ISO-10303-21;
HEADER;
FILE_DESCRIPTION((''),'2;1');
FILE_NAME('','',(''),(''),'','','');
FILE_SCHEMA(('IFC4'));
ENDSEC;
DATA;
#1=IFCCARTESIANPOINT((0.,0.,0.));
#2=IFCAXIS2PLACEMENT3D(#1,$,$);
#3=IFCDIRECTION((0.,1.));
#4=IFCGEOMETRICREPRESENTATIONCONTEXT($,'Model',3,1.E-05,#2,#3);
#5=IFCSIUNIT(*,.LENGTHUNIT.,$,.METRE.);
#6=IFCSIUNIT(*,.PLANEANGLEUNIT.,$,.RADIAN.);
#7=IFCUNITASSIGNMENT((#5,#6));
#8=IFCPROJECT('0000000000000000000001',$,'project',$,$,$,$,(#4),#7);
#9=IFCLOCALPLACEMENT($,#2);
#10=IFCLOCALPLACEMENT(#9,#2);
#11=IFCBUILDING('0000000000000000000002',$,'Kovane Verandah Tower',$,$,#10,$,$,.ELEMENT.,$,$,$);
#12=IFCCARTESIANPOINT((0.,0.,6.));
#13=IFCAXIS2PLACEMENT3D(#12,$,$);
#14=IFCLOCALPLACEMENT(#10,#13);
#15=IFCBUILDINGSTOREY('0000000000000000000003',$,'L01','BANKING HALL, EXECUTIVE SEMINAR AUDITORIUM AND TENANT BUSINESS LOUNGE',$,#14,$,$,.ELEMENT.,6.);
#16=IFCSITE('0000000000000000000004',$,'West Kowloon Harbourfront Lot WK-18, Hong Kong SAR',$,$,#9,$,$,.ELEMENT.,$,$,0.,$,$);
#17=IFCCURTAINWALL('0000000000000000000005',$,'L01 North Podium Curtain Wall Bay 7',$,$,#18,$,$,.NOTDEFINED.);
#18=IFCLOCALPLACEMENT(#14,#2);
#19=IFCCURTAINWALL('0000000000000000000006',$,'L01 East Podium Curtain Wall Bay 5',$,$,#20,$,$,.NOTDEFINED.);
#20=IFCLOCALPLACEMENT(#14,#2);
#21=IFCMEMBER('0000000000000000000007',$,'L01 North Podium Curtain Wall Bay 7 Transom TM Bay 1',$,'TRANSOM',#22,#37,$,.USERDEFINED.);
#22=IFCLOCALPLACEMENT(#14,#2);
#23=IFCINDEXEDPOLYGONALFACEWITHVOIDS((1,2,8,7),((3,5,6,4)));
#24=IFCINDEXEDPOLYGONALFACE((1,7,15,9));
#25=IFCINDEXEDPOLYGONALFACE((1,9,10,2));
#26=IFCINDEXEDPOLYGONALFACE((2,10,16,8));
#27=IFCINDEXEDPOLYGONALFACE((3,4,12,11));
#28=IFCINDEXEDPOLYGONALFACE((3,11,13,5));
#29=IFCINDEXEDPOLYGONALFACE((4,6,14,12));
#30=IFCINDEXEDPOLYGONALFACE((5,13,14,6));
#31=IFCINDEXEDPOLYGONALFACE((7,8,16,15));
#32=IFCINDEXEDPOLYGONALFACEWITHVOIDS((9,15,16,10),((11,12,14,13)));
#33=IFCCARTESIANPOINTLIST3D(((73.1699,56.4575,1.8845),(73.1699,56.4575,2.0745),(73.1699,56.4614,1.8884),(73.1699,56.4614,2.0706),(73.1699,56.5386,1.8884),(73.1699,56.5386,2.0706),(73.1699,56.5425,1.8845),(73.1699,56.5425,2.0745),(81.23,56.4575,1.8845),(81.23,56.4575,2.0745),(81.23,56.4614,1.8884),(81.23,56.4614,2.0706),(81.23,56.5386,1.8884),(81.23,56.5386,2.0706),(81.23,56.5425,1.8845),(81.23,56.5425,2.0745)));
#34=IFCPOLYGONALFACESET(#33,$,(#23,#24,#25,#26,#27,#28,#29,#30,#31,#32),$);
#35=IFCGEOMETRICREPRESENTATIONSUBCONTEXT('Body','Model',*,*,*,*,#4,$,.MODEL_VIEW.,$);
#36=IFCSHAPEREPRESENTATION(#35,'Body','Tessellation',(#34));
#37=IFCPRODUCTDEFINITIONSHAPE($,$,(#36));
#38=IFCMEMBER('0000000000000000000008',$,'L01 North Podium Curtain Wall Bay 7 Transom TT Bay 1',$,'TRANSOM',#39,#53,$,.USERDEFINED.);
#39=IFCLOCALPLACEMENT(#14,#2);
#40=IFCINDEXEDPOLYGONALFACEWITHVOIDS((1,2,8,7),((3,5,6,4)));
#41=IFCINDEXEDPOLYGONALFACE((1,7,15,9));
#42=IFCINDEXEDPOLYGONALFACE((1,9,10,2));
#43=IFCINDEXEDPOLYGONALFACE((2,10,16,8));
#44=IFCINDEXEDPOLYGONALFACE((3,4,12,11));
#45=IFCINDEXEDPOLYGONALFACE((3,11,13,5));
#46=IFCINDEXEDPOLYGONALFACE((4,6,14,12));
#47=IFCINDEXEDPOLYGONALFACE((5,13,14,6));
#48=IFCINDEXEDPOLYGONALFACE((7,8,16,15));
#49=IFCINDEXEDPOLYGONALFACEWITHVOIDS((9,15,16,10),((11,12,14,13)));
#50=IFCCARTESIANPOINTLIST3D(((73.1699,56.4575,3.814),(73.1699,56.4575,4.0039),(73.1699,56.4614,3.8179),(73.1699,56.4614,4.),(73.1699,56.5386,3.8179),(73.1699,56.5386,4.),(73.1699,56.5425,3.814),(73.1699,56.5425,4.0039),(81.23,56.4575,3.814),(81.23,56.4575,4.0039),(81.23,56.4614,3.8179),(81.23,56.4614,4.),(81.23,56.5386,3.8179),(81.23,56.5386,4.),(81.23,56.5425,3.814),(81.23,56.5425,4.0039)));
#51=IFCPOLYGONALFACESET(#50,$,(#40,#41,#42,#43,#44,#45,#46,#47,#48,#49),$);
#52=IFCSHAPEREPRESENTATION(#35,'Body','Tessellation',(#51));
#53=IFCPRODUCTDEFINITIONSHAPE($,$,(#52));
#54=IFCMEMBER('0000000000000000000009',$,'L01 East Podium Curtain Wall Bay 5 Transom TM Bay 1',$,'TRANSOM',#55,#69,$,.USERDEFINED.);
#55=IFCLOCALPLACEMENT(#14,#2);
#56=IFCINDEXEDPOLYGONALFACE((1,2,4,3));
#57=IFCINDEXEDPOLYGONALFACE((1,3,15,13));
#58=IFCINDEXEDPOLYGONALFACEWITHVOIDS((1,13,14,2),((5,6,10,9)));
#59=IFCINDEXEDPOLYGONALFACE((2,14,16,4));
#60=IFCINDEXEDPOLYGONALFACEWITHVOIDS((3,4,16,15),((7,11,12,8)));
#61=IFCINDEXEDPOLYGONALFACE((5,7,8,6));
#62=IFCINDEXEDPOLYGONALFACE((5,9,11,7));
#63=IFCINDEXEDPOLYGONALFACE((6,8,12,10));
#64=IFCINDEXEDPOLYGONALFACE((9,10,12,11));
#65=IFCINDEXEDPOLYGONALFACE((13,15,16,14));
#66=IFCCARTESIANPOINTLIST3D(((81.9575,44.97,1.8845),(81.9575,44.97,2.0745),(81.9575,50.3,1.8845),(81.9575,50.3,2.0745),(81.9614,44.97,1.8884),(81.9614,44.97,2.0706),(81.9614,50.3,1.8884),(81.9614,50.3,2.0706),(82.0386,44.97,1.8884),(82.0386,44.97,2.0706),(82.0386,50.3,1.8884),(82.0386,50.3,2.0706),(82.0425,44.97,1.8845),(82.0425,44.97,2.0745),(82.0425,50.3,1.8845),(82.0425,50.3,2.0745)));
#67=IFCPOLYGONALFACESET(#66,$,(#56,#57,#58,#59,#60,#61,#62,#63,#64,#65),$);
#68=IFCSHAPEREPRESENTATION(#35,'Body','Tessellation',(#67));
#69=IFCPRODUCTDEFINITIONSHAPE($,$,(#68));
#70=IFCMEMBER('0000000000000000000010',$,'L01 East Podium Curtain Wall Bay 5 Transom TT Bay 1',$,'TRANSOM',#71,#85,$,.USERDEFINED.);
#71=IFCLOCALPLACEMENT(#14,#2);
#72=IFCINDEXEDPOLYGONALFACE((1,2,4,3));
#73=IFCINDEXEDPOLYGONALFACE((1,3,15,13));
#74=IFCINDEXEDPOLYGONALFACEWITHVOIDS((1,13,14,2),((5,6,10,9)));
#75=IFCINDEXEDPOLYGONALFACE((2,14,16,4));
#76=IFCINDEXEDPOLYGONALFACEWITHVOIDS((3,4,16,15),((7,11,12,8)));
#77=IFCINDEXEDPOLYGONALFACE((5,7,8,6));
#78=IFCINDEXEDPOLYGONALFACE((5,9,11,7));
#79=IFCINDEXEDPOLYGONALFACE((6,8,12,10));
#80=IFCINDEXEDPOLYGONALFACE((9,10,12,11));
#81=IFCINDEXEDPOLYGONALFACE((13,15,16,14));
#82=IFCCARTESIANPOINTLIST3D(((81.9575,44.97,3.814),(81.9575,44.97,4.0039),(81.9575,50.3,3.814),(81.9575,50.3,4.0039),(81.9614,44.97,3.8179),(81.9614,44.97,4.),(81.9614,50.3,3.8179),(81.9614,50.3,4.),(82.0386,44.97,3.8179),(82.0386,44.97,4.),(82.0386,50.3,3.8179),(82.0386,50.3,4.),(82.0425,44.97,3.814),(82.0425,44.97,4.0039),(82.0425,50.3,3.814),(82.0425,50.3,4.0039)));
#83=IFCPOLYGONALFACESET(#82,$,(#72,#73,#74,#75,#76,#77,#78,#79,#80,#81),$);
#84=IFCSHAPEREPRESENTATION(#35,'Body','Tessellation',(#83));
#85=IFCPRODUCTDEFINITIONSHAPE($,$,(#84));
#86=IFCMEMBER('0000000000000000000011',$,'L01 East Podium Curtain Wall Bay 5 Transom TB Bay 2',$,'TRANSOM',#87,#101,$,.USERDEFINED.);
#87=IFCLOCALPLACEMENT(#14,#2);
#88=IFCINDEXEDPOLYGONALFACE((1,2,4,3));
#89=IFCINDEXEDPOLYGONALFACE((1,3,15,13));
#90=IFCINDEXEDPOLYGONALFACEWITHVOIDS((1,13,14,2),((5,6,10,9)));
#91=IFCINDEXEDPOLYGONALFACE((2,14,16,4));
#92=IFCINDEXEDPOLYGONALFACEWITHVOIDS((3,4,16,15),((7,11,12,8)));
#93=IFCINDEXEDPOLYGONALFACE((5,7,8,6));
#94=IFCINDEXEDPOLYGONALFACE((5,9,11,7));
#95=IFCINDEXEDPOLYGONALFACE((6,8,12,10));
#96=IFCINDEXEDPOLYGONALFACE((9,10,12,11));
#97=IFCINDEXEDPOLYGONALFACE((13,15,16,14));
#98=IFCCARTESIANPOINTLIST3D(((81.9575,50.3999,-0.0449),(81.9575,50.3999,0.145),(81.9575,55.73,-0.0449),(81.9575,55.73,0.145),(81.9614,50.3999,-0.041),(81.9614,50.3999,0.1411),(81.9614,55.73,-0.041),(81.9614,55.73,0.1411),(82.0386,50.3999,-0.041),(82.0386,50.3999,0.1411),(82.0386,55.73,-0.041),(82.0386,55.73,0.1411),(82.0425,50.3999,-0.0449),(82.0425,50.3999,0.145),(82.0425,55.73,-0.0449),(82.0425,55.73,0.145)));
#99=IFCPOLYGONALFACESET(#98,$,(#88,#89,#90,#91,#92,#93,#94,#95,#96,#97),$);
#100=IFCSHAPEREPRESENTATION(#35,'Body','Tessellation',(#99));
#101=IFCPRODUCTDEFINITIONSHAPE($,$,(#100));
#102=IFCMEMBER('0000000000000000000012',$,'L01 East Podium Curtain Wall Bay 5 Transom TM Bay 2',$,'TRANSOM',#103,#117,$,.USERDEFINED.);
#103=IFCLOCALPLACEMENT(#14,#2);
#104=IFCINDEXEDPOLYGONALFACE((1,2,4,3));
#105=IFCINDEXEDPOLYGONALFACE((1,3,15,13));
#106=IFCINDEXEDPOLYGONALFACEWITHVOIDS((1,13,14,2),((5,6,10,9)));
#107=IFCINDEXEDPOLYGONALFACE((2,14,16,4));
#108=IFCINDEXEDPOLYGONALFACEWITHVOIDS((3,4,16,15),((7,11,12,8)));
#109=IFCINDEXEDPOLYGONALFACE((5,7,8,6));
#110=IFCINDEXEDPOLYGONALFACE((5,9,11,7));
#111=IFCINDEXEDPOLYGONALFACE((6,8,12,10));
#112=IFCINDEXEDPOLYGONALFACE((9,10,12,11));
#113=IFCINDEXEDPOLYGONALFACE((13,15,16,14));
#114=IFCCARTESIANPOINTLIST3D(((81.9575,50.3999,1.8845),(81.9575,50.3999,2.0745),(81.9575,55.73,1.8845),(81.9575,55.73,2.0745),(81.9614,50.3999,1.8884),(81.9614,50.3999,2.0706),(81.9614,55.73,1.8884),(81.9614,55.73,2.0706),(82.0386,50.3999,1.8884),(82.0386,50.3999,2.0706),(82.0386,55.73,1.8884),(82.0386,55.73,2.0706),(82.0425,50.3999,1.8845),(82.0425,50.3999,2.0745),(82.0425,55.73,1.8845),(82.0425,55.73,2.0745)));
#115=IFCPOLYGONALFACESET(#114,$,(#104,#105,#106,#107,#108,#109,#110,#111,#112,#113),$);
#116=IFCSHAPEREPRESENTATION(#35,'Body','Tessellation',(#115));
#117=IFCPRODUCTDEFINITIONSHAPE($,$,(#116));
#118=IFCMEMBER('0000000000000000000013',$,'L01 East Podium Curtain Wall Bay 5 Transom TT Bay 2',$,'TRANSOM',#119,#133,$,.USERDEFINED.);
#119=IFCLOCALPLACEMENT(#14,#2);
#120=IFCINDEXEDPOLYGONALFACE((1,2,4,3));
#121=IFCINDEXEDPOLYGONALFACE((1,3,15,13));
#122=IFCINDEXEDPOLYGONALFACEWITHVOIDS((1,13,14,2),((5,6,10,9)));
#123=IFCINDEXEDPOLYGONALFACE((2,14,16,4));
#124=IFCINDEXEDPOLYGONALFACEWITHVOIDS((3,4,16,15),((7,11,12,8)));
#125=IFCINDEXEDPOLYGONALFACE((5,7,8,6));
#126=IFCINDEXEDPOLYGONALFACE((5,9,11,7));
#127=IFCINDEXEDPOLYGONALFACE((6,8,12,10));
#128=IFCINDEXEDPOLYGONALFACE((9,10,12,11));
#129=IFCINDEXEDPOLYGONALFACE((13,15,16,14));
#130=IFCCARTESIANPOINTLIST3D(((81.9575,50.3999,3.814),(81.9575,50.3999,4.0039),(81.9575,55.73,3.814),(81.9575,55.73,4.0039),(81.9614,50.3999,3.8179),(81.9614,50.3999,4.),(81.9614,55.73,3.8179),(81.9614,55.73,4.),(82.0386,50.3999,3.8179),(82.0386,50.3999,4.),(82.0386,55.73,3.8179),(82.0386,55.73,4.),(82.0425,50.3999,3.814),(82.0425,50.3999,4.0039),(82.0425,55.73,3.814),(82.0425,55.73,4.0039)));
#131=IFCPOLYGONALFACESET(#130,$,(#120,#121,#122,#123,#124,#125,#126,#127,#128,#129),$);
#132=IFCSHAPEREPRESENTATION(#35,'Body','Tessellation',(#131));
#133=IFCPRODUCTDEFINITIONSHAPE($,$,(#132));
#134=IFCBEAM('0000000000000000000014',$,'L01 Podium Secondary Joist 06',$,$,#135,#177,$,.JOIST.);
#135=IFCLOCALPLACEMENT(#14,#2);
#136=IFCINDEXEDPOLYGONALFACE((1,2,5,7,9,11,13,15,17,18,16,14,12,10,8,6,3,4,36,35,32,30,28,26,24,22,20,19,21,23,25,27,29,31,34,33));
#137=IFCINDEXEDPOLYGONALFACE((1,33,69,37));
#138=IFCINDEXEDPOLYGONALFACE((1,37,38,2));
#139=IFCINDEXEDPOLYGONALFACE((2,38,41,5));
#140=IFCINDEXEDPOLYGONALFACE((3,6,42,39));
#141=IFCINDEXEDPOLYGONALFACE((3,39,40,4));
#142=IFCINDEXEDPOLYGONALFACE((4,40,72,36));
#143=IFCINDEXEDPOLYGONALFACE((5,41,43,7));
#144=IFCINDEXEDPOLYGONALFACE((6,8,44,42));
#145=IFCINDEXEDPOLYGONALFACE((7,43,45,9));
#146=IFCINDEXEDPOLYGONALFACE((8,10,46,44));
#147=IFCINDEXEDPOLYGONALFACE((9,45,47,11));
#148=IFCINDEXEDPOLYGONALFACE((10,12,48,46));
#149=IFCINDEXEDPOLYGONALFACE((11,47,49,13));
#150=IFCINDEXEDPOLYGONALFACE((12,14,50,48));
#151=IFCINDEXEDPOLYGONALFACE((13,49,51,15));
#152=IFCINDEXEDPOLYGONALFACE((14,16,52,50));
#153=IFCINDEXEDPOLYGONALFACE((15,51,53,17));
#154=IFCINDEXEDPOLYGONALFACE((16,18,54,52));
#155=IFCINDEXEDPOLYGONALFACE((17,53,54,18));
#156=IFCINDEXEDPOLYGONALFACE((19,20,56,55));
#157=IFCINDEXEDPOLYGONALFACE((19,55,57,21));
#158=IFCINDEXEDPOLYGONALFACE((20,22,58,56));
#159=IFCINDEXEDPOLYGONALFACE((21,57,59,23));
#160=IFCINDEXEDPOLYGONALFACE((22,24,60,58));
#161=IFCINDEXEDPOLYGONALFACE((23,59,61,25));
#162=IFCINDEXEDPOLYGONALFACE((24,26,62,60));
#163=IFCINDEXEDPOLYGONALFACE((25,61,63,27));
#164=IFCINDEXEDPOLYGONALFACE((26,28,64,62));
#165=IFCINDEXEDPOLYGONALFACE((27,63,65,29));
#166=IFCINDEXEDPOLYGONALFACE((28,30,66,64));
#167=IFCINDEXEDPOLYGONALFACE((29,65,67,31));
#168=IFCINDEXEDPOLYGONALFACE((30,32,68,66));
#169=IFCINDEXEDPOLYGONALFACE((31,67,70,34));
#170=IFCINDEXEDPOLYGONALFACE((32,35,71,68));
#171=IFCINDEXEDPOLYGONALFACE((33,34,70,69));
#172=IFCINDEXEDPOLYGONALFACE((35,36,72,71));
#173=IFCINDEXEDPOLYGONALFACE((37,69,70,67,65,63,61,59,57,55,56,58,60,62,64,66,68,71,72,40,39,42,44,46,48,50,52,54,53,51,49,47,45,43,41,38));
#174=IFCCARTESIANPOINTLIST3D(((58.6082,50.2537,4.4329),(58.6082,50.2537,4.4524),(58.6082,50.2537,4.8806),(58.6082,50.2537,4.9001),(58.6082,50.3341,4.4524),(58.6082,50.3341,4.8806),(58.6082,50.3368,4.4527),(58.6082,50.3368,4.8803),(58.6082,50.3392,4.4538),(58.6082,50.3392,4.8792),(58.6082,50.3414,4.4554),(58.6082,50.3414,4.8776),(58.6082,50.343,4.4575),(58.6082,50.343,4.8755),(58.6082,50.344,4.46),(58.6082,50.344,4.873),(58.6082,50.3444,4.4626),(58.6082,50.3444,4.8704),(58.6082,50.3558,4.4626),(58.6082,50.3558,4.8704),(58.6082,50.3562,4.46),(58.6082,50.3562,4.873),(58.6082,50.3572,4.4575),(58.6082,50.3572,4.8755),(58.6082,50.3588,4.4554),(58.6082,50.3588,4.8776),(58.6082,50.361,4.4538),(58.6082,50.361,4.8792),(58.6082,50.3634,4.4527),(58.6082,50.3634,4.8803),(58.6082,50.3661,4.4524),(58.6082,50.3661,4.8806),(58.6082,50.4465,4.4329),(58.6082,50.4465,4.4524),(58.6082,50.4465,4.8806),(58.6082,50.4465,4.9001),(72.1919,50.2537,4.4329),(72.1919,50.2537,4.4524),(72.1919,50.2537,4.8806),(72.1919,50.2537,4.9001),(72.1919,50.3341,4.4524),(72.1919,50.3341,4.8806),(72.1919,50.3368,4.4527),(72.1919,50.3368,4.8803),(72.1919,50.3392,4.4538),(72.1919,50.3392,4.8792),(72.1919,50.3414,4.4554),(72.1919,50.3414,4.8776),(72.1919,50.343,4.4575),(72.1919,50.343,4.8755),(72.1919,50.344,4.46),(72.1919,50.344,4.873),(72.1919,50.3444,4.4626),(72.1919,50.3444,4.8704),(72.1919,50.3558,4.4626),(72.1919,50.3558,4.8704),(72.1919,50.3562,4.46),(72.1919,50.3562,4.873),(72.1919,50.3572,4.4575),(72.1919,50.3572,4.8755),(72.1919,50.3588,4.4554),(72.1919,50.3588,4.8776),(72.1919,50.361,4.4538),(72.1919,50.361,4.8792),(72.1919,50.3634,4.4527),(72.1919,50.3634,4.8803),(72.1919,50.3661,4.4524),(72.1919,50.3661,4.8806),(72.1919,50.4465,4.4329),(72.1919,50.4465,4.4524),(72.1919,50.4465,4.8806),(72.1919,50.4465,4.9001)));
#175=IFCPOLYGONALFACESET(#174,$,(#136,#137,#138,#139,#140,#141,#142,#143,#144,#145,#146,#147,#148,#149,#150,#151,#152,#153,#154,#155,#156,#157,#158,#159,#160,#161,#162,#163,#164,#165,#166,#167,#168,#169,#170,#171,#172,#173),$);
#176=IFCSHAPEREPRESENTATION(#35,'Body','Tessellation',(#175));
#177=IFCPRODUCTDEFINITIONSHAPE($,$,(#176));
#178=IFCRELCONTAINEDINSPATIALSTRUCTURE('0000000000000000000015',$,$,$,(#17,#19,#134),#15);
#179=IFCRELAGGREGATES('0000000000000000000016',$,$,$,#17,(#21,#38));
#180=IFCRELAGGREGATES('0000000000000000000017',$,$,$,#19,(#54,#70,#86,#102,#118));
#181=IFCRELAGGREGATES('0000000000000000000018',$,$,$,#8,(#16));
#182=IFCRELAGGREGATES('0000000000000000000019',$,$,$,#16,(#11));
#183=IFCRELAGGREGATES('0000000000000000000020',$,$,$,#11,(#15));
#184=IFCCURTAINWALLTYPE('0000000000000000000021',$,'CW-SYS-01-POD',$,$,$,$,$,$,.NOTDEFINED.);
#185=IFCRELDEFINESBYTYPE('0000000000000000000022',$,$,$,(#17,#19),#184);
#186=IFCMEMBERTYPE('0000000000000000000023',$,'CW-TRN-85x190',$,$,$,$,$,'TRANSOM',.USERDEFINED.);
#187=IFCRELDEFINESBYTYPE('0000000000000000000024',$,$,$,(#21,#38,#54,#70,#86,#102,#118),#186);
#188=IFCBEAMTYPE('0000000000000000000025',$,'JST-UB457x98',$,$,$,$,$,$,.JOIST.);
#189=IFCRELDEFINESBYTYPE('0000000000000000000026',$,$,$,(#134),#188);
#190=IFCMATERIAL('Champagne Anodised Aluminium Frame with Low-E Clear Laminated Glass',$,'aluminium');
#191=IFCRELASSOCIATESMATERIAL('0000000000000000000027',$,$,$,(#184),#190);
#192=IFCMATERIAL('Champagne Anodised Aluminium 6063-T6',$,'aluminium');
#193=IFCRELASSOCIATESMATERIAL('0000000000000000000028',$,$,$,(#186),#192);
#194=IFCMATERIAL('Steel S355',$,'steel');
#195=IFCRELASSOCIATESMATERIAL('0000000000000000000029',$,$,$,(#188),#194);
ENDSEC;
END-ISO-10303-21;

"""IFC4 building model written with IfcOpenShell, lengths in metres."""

from ifc_helpers import new_model, si_unit, direction, frame, origin, origin_2d, place, context, subcontext, project, spatial, hollow_rectangle, i_section, extrude, material, material_profile, profile_set, type_object, element, aggregate, save


model = new_model("IFC4")

# Units and contexts
model_context = context("Model", 3, precision=1e-05, world=origin(), true_north=direction((0.0, 1.0)))
body_context = subcontext(model_context, "Body", "Model", "MODEL_VIEW")
ifc_project = project(units=[si_unit("LENGTHUNIT", "METRE"), si_unit("PLANEANGLEUNIT", "RADIAN")], contexts=[model_context])

# Site, building, storey
site_placement = place(None, origin())
site = spatial("IfcSite", under=ifc_project, at=site_placement, Name="West Kowloon Harbourfront Lot WK-18, Hong Kong SAR", CompositionType="ELEMENT", RefElevation=0.0)
building_placement = place(site_placement, origin())
building = spatial("IfcBuilding", under=site, at=building_placement, Name="Kovane Verandah Tower", CompositionType="ELEMENT")
storey_placement = place(building_placement, frame((0.0, 0.0, 6.0)))
storey = spatial("IfcBuildingStorey", under=building, at=storey_placement, Name="L01", Description="BANKING HALL, EXECUTIVE SEMINAR AUDITORIUM AND TENANT BUSINESS LOUNGE", CompositionType="ELEMENT", Elevation=6.0)

# Curtain walls
ifc_material_1 = material(Name="Champagne Anodised Aluminium Frame with Low-E Clear Laminated Glass", Category="aluminium")
curtain_wall_type = type_object("IfcCurtainWallType", Name="CW-SYS-01-POD", PredefinedType="NOTDEFINED", material=ifc_material_1)
ifc_material_2 = material(Name="Champagne Anodised Aluminium 6063-T6", Category="aluminium")
curtain_wall_1_placement = place(storey_placement, origin())
curtain_wall_1 = element("IfcCurtainWall", 1, at=curtain_wall_1_placement, inside=storey, type_object=curtain_wall_type, Name="L01 North Podium Curtain Wall Bay 7", PredefinedType="NOTDEFINED")
curtain_wall_2_placement = place(storey_placement, origin())
curtain_wall_2 = element("IfcCurtainWall", 2, at=curtain_wall_2_placement, inside=storey, type_object=curtain_wall_type, Name="L01 East Podium Curtain Wall Bay 5", PredefinedType="NOTDEFINED")

# Members
ifc_material_profile_1 = material_profile(ifc_material_2, hollow_rectangle(XDim=0.085, YDim=0.1899, WallThickness=0.0039, at=origin_2d()), Name="AL85x190x4")
ifc_profile_set_1 = profile_set([ifc_material_profile_1], Name="Champagne Anodised Aluminium 6063-T6")
member_type_1 = type_object("IfcMemberType", Name="CW-TRN-85x190", ElementType="TRANSOM", PredefinedType="USERDEFINED", material=ifc_profile_set_1)
member_1_placement = place(storey_placement, frame((81.23, 56.5, 1.9795), z_axis=(-1.0, 0.0, 0.0), x_axis=(0.0, -1.0, 0.0)))
member_1 = element("IfcMember", 3, at=member_1_placement, type_object=member_type_1, Name="L01 North Podium Curtain Wall Bay 7 Transom TM Bay 1", ObjectType="TRANSOM", PredefinedType="USERDEFINED", context=body_context, shape_type="SweptSolid", body=[
    extrude(hollow_rectangle(XDim=0.085, YDim=0.1899, WallThickness=0.0039, at=origin_2d()), origin(), (0.0, 0.0, 1.0), 8.0601),
])
member_2_placement = place(storey_placement, frame((81.23, 56.5, 3.9089), z_axis=(-1.0, 0.0, 0.0), x_axis=(0.0, -1.0, 0.0)))
member_2 = element("IfcMember", 4, at=member_2_placement, type_object=member_type_1, Name="L01 North Podium Curtain Wall Bay 7 Transom TT Bay 1", ObjectType="TRANSOM", PredefinedType="USERDEFINED", context=body_context, shape_type="SweptSolid", body=[
    extrude(hollow_rectangle(XDim=0.085, YDim=0.1899, WallThickness=0.0039, at=origin_2d()), origin(), (0.0, 0.0, 1.0), 8.0601),
])
member_3_placement = place(storey_placement, frame((82.0, 44.97, 1.9795), z_axis=(0.0, 1.0, 0.0), x_axis=(-1.0, 0.0, 0.0)))
member_3 = element("IfcMember", 5, at=member_3_placement, type_object=member_type_1, Name="L01 East Podium Curtain Wall Bay 5 Transom TM Bay 1", ObjectType="TRANSOM", PredefinedType="USERDEFINED", context=body_context, shape_type="SweptSolid", body=[
    extrude(hollow_rectangle(XDim=0.085, YDim=0.1899, WallThickness=0.0039, at=origin_2d()), origin(), (0.0, 0.0, 1.0), 5.3301),
])
member_4_placement = place(storey_placement, frame((82.0, 44.97, 3.9089), z_axis=(0.0, 1.0, 0.0), x_axis=(-1.0, 0.0, 0.0)))
member_4 = element("IfcMember", 6, at=member_4_placement, type_object=member_type_1, Name="L01 East Podium Curtain Wall Bay 5 Transom TT Bay 1", ObjectType="TRANSOM", PredefinedType="USERDEFINED", context=body_context, shape_type="SweptSolid", body=[
    extrude(hollow_rectangle(XDim=0.085, YDim=0.1899, WallThickness=0.0039, at=origin_2d()), origin(), (0.0, 0.0, 1.0), 5.3301),
])
member_5_placement = place(storey_placement, frame((82.0, 50.3999, 0.05), z_axis=(0.0, 1.0, 0.0), x_axis=(-1.0, 0.0, 0.0)))
member_5 = element("IfcMember", 7, at=member_5_placement, type_object=member_type_1, Name="L01 East Podium Curtain Wall Bay 5 Transom TB Bay 2", ObjectType="TRANSOM", PredefinedType="USERDEFINED", context=body_context, shape_type="SweptSolid", body=[
    extrude(hollow_rectangle(XDim=0.085, YDim=0.1899, WallThickness=0.0039, at=origin_2d()), origin(), (0.0, 0.0, 1.0), 5.3301),
])
member_6_placement = place(storey_placement, frame((82.0, 50.3999, 1.9795), z_axis=(0.0, 1.0, 0.0), x_axis=(-1.0, 0.0, 0.0)))
member_6 = element("IfcMember", 8, at=member_6_placement, type_object=member_type_1, Name="L01 East Podium Curtain Wall Bay 5 Transom TM Bay 2", ObjectType="TRANSOM", PredefinedType="USERDEFINED", context=body_context, shape_type="SweptSolid", body=[
    extrude(hollow_rectangle(XDim=0.085, YDim=0.1899, WallThickness=0.0039, at=origin_2d()), origin(), (0.0, 0.0, 1.0), 5.3301),
])
member_7_placement = place(storey_placement, frame((82.0, 50.3999, 3.9089), z_axis=(0.0, 1.0, 0.0), x_axis=(-1.0, 0.0, 0.0)))
member_7 = element("IfcMember", 9, at=member_7_placement, type_object=member_type_1, Name="L01 East Podium Curtain Wall Bay 5 Transom TT Bay 2", ObjectType="TRANSOM", PredefinedType="USERDEFINED", context=body_context, shape_type="SweptSolid", body=[
    extrude(hollow_rectangle(XDim=0.085, YDim=0.1899, WallThickness=0.0039, at=origin_2d()), origin(), (0.0, 0.0, 1.0), 5.3301),
])

# Beam
ifc_material_3 = material(Name="Steel S355", Category="steel")
ifc_material_profile_2 = material_profile(ifc_material_3, i_section(OverallWidth=0.1929, OverallDepth=0.4673, WebThickness=0.0115, FlangeThickness=0.0195, FilletRadius=0.0103, at=origin_2d()), Name="UB457x191x98")
ifc_profile_set_2 = profile_set([ifc_material_profile_2], Name="Steel S355")
beam_type_1 = type_object("IfcBeamType", Name="JST-UB457x98", PredefinedType="JOIST", material=ifc_profile_set_2)
beam_1_placement = place(storey_placement, frame((58.6082, 50.3501, 4.6665), z_axis=(1.0, 0.0, 0.0), x_axis=(0.0, 1.0, 0.0)))
element("IfcBeam", 10, at=beam_1_placement, inside=storey, type_object=beam_type_1, Name="L01 Podium Secondary Joist 06", PredefinedType="JOIST", context=body_context, shape_type="SweptSolid", body=[
    extrude(i_section(OverallWidth=0.1929, OverallDepth=0.4673, WebThickness=0.0115, FlangeThickness=0.0195, FilletRadius=0.0103, at=origin_2d()), origin(), (0.0, 0.0, 1.0), 13.5837),
])

aggregate(curtain_wall_1, [member_1, member_2])
aggregate(curtain_wall_2, [member_3, member_4, member_5, member_6, member_7])

save(model, "model.ifc")
